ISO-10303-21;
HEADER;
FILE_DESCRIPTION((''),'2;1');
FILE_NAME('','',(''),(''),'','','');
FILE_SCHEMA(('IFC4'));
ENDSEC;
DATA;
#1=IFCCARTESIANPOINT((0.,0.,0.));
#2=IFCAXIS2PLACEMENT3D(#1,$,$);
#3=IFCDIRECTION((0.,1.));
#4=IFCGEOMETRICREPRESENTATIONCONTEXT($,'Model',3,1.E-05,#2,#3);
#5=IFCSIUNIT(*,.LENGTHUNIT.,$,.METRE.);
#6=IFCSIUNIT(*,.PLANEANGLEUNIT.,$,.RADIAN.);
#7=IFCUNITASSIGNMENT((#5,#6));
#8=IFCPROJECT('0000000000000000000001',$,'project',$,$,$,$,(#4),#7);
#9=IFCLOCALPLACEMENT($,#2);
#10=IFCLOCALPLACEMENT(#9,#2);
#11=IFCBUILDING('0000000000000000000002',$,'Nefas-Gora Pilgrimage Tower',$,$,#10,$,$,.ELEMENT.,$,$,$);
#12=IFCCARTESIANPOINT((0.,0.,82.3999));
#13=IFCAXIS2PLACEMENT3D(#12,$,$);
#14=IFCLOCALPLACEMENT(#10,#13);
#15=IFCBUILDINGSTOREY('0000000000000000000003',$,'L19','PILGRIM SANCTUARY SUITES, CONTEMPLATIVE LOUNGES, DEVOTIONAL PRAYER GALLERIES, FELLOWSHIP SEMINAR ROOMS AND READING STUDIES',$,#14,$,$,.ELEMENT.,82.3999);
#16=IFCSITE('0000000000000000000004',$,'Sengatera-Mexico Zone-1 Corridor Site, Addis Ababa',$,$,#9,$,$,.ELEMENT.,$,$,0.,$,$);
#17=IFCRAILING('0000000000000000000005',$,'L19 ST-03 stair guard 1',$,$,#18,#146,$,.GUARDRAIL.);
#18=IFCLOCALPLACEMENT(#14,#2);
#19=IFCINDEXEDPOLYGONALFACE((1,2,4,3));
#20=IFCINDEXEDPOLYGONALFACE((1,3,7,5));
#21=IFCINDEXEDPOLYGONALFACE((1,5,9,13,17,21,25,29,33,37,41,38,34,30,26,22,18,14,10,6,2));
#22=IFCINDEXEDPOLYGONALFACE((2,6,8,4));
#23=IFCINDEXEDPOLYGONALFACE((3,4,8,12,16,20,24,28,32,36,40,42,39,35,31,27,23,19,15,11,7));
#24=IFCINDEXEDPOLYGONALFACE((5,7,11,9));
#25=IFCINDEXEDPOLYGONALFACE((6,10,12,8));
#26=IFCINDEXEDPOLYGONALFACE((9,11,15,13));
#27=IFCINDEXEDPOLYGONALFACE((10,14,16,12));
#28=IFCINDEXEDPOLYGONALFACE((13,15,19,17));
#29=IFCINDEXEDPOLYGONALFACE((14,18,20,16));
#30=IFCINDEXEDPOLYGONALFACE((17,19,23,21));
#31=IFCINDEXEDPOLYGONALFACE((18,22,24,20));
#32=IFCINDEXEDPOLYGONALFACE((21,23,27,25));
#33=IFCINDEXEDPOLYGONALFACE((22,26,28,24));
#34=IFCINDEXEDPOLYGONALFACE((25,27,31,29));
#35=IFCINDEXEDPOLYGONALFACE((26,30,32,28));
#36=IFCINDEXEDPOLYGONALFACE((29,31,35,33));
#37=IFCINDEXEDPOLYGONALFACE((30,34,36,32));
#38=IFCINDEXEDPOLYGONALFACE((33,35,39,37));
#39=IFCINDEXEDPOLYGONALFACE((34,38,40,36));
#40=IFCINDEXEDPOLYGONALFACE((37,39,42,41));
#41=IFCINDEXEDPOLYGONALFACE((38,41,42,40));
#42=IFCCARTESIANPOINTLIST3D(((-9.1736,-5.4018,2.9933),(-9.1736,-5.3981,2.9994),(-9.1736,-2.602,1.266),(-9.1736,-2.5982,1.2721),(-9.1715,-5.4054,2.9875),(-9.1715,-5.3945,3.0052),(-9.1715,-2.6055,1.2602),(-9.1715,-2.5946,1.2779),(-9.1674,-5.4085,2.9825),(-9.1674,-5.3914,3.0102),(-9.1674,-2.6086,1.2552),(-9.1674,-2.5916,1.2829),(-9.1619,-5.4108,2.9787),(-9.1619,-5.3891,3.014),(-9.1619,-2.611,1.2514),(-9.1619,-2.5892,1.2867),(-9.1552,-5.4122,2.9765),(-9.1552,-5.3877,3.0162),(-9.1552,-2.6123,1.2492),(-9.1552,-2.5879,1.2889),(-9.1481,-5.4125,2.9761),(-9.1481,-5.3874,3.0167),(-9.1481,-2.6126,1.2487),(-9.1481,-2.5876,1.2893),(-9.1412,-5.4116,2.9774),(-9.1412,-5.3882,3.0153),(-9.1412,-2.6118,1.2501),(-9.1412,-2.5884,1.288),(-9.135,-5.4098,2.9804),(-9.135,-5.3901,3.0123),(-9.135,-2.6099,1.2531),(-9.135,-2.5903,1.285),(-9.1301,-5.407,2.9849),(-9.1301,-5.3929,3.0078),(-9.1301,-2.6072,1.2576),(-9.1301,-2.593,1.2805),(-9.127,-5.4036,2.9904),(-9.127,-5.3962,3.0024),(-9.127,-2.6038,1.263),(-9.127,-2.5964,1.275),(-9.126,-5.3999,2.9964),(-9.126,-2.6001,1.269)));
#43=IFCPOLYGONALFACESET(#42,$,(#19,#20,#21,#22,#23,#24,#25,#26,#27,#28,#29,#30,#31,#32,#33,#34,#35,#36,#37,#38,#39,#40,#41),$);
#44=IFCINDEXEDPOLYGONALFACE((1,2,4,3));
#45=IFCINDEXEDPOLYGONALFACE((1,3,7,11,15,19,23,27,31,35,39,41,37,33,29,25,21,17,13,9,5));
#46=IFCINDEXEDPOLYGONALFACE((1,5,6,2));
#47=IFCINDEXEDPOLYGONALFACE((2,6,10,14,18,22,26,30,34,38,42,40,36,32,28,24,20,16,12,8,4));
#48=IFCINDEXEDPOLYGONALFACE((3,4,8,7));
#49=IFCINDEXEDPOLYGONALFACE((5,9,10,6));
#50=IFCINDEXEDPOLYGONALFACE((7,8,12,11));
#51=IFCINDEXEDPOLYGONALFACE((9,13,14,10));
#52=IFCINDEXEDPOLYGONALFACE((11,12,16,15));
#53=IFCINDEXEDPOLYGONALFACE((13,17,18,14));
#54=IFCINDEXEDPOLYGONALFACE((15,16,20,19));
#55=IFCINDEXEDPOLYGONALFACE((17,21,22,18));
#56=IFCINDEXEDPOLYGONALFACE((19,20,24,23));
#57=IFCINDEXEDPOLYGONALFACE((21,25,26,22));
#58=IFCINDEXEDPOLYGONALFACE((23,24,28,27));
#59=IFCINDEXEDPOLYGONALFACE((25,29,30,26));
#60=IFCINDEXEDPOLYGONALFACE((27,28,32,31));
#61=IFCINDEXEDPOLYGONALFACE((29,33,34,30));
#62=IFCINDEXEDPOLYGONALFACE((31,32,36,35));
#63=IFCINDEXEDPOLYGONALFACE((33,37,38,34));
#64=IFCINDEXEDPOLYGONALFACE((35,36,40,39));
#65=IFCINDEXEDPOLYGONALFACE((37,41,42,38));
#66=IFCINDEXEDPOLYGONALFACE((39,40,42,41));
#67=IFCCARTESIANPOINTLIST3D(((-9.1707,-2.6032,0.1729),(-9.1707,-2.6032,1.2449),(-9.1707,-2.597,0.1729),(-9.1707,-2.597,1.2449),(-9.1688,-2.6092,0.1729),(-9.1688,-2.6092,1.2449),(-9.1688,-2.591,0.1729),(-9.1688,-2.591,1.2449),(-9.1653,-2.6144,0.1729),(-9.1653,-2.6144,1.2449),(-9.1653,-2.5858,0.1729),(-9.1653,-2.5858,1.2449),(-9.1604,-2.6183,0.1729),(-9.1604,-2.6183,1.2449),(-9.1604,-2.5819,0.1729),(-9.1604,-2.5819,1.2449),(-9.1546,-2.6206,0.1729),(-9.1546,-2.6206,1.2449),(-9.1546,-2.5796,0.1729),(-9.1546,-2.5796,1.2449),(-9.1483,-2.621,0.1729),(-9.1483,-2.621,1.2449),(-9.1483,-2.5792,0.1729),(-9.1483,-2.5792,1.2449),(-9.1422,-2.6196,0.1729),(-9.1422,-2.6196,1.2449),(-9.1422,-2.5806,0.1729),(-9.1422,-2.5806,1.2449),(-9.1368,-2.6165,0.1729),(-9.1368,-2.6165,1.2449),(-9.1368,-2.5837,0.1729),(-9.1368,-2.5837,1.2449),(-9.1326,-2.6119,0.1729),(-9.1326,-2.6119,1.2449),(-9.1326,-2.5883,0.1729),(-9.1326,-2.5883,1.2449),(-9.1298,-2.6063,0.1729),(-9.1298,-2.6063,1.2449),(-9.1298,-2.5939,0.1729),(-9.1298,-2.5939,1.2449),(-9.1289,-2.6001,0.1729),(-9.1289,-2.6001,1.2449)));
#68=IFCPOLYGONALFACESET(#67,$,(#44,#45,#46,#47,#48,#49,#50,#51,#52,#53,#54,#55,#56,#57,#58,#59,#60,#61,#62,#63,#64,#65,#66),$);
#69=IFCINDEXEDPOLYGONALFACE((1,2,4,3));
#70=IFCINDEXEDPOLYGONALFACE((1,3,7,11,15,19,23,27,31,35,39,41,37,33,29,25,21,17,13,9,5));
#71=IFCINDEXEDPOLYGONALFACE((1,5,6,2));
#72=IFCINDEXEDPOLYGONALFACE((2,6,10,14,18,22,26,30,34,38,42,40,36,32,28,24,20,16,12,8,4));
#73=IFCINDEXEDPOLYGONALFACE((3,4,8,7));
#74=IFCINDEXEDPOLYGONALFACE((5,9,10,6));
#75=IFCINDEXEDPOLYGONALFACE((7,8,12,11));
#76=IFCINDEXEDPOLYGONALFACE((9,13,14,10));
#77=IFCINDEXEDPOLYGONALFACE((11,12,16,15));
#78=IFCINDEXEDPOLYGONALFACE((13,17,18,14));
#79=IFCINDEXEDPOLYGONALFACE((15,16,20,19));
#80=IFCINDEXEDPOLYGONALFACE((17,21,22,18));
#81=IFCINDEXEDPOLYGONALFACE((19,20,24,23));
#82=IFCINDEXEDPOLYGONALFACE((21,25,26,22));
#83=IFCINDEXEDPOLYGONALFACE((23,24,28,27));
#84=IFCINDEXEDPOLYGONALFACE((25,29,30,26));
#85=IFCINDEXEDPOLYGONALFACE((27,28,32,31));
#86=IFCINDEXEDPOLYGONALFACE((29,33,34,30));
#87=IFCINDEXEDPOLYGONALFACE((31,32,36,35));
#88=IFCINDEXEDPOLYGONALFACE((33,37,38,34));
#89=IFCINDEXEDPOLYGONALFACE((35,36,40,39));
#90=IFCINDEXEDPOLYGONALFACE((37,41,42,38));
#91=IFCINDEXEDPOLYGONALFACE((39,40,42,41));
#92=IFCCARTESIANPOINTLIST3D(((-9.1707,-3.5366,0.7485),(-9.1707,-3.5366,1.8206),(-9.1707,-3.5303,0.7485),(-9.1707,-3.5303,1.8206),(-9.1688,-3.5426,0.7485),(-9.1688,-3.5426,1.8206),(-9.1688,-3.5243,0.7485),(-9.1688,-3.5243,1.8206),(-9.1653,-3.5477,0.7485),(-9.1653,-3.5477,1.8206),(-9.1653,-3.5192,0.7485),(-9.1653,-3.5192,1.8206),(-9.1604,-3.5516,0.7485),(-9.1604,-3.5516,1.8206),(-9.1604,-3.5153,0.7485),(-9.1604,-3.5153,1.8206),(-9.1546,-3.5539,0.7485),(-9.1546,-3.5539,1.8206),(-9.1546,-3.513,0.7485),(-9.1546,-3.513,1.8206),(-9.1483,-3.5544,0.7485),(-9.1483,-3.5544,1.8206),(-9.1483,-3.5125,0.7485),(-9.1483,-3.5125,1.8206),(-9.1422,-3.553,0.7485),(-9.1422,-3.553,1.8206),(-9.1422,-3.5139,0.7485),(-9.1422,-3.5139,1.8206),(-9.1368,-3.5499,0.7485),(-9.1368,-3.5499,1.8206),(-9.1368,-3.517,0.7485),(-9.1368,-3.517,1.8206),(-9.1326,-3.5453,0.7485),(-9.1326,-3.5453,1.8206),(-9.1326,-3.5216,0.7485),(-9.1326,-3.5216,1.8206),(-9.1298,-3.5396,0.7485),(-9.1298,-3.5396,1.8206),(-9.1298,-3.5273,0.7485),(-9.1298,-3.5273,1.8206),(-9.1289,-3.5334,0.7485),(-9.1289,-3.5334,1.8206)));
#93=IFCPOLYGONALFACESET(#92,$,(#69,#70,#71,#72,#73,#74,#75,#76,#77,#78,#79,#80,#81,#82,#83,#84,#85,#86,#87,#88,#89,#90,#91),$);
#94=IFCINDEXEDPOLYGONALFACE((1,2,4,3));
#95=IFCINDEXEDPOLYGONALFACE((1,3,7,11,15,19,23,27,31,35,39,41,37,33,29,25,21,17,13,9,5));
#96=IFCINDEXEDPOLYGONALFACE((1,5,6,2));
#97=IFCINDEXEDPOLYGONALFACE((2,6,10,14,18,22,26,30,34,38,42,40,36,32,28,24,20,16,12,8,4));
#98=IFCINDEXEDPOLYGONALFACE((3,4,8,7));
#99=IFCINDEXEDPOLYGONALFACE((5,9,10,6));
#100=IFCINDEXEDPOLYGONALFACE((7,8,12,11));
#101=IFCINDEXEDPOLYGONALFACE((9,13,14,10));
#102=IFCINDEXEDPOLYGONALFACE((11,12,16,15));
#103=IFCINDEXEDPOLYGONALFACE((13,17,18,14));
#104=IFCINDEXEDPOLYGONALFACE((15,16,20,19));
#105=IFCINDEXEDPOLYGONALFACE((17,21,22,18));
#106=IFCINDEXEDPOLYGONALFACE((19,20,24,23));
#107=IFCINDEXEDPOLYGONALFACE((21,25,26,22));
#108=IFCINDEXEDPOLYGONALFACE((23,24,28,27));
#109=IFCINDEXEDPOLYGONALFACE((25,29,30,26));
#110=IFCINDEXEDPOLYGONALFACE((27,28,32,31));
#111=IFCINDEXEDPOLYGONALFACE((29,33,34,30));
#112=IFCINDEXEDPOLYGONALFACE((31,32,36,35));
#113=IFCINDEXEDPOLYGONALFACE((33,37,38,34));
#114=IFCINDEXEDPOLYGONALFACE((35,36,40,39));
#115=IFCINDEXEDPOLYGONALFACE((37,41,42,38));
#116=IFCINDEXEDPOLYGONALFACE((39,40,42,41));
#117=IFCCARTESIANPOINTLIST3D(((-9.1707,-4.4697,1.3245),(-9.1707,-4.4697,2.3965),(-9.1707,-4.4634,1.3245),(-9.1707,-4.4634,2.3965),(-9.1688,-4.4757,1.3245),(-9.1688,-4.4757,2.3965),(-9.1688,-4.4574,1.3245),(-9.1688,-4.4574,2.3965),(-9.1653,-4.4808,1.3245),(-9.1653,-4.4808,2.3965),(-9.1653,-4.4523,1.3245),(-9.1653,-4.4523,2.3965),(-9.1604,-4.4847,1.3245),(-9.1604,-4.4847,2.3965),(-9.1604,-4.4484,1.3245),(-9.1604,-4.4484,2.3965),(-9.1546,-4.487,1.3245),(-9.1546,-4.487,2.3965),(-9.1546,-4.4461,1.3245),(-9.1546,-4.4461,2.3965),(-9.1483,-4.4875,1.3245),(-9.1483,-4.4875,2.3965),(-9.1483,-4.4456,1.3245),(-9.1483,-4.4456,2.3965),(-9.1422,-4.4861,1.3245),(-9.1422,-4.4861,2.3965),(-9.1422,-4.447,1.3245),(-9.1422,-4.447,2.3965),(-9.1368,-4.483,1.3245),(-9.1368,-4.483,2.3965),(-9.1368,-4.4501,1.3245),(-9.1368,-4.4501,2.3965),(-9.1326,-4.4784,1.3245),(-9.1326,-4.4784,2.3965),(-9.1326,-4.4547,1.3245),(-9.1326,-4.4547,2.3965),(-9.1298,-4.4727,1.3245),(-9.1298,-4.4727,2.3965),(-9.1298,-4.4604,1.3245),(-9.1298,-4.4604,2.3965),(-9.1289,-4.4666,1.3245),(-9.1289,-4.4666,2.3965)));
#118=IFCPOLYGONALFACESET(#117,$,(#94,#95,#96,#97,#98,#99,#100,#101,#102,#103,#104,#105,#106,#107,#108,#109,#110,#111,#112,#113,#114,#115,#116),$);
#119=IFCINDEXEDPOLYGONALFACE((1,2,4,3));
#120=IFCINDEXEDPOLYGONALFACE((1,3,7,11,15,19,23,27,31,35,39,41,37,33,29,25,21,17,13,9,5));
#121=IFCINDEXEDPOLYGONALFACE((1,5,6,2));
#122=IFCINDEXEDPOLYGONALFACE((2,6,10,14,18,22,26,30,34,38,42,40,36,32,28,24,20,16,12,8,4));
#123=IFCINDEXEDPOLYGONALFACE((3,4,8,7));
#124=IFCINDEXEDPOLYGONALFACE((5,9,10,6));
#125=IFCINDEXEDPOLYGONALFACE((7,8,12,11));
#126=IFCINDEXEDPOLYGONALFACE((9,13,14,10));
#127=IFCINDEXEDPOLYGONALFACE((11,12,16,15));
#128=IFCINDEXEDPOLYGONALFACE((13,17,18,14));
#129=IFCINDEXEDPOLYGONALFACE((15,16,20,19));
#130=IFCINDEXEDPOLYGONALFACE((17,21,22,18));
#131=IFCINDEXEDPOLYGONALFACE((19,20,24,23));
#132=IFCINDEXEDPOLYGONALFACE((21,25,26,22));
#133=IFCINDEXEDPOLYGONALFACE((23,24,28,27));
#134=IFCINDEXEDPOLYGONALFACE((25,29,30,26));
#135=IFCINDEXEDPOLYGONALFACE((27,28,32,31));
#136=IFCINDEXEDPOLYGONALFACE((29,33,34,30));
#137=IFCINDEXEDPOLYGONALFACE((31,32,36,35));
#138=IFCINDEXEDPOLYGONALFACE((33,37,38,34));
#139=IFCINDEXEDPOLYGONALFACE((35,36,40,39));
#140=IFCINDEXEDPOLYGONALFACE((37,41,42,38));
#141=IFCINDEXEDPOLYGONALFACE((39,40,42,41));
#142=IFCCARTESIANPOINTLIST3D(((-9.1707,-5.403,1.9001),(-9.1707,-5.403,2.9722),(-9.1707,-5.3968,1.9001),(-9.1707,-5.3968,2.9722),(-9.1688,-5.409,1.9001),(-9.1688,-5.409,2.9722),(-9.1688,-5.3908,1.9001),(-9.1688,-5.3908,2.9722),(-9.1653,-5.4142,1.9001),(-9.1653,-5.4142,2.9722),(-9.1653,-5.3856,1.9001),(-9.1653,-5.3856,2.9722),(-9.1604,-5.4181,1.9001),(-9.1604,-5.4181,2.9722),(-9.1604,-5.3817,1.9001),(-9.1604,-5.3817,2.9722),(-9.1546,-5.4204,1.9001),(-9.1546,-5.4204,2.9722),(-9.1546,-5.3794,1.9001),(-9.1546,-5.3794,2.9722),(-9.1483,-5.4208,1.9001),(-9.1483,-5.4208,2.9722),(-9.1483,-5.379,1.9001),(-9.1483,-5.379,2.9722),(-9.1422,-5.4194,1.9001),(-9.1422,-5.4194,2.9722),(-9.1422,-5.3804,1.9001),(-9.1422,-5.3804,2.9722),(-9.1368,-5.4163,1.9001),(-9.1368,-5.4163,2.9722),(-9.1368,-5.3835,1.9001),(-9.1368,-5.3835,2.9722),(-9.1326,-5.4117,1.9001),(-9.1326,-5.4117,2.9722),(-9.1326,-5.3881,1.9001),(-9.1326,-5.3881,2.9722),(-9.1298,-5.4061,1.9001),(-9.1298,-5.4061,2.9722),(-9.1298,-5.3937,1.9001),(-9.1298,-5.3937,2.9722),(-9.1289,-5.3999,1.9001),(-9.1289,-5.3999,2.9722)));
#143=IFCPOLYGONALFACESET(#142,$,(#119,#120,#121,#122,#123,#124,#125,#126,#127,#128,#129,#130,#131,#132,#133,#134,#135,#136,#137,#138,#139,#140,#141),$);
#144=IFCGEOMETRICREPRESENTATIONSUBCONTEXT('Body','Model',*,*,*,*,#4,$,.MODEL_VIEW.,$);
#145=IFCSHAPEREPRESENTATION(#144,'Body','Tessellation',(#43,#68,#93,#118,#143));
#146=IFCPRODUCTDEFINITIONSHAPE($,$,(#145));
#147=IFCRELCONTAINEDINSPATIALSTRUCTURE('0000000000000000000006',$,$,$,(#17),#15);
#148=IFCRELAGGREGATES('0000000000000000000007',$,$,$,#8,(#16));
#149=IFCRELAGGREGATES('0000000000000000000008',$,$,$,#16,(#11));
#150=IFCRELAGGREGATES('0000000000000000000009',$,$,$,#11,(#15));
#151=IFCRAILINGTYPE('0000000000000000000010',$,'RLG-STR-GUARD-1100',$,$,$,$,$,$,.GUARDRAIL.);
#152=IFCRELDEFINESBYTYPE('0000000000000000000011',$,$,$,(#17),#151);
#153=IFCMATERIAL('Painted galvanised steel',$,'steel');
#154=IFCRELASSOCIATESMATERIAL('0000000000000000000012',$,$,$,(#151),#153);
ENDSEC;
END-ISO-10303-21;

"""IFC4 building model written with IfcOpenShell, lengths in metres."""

from ifc_helpers import new_model, si_unit, direction, frame, origin, origin_2d, place, context, subcontext, project, spatial, circle, extrude, material, type_object, element, save


model = new_model("IFC4")

# Units and contexts
model_context = context("Model", 3, precision=1e-05, world=origin(), true_north=direction((0.0, 1.0)))
body_context = subcontext(model_context, "Body", "Model", "MODEL_VIEW")
ifc_project = project(units=[si_unit("LENGTHUNIT", "METRE"), si_unit("PLANEANGLEUNIT", "RADIAN")], contexts=[model_context])

# Site, building, storey
site_placement = place(None, origin())
site = spatial("IfcSite", under=ifc_project, at=site_placement, Name="Sengatera-Mexico Zone-1 Corridor Site, Addis Ababa", CompositionType="ELEMENT", RefElevation=0.0)
building_placement = place(site_placement, origin())
building = spatial("IfcBuilding", under=site, at=building_placement, Name="Nefas-Gora Pilgrimage Tower", CompositionType="ELEMENT")
storey_placement = place(building_placement, frame((0.0, 0.0, 82.3999)))
storey = spatial("IfcBuildingStorey", under=building, at=storey_placement, Name="L19", Description="PILGRIM SANCTUARY SUITES, CONTEMPLATIVE LOUNGES, DEVOTIONAL PRAYER GALLERIES, FELLOWSHIP SEMINAR ROOMS AND READING STUDIES", CompositionType="ELEMENT", Elevation=82.3999)

# Railing
ifc_material_1 = material(Name="Painted galvanised steel", Category="steel")
railing_type_1 = type_object("IfcRailingType", Name="RLG-STR-GUARD-1100", PredefinedType="GUARDRAIL", material=ifc_material_1)
railing_1_placement = place(storey_placement, frame((-9.1499, -2.6001, 0.1729)))
element("IfcRailing", 1, at=railing_1_placement, inside=storey, type_object=railing_type_1, Name="L19 ST-03 stair guard 1", PredefinedType="GUARDRAIL", context=body_context, shape_type="SweptSolid", body=[
    extrude(circle(Radius=0.0239, at=origin_2d()), frame((0.0, 0.0, 1.0962), z_axis=(0.0, -0.851069, 0.525054), x_axis=(1.0, 0.0, 0.0)), (0.0, 0.0, 1.0), 3.2898),
    extrude(circle(Radius=0.021, at=origin_2d()), origin(), (0.0, 0.0, 1.0), 1.072),
    extrude(circle(Radius=0.021, at=origin_2d()), frame((0.0, -0.9333, 0.5757)), (0.0, 0.0, 1.0), 1.072),
    extrude(circle(Radius=0.021, at=origin_2d()), frame((0.0, -1.8665, 1.1516)), (0.0, 0.0, 1.0), 1.072),
    extrude(circle(Radius=0.021, at=origin_2d()), frame((0.0, -2.7998, 1.7273)), (0.0, 0.0, 1.0), 1.072),
])

save(model, "model.ifc")
